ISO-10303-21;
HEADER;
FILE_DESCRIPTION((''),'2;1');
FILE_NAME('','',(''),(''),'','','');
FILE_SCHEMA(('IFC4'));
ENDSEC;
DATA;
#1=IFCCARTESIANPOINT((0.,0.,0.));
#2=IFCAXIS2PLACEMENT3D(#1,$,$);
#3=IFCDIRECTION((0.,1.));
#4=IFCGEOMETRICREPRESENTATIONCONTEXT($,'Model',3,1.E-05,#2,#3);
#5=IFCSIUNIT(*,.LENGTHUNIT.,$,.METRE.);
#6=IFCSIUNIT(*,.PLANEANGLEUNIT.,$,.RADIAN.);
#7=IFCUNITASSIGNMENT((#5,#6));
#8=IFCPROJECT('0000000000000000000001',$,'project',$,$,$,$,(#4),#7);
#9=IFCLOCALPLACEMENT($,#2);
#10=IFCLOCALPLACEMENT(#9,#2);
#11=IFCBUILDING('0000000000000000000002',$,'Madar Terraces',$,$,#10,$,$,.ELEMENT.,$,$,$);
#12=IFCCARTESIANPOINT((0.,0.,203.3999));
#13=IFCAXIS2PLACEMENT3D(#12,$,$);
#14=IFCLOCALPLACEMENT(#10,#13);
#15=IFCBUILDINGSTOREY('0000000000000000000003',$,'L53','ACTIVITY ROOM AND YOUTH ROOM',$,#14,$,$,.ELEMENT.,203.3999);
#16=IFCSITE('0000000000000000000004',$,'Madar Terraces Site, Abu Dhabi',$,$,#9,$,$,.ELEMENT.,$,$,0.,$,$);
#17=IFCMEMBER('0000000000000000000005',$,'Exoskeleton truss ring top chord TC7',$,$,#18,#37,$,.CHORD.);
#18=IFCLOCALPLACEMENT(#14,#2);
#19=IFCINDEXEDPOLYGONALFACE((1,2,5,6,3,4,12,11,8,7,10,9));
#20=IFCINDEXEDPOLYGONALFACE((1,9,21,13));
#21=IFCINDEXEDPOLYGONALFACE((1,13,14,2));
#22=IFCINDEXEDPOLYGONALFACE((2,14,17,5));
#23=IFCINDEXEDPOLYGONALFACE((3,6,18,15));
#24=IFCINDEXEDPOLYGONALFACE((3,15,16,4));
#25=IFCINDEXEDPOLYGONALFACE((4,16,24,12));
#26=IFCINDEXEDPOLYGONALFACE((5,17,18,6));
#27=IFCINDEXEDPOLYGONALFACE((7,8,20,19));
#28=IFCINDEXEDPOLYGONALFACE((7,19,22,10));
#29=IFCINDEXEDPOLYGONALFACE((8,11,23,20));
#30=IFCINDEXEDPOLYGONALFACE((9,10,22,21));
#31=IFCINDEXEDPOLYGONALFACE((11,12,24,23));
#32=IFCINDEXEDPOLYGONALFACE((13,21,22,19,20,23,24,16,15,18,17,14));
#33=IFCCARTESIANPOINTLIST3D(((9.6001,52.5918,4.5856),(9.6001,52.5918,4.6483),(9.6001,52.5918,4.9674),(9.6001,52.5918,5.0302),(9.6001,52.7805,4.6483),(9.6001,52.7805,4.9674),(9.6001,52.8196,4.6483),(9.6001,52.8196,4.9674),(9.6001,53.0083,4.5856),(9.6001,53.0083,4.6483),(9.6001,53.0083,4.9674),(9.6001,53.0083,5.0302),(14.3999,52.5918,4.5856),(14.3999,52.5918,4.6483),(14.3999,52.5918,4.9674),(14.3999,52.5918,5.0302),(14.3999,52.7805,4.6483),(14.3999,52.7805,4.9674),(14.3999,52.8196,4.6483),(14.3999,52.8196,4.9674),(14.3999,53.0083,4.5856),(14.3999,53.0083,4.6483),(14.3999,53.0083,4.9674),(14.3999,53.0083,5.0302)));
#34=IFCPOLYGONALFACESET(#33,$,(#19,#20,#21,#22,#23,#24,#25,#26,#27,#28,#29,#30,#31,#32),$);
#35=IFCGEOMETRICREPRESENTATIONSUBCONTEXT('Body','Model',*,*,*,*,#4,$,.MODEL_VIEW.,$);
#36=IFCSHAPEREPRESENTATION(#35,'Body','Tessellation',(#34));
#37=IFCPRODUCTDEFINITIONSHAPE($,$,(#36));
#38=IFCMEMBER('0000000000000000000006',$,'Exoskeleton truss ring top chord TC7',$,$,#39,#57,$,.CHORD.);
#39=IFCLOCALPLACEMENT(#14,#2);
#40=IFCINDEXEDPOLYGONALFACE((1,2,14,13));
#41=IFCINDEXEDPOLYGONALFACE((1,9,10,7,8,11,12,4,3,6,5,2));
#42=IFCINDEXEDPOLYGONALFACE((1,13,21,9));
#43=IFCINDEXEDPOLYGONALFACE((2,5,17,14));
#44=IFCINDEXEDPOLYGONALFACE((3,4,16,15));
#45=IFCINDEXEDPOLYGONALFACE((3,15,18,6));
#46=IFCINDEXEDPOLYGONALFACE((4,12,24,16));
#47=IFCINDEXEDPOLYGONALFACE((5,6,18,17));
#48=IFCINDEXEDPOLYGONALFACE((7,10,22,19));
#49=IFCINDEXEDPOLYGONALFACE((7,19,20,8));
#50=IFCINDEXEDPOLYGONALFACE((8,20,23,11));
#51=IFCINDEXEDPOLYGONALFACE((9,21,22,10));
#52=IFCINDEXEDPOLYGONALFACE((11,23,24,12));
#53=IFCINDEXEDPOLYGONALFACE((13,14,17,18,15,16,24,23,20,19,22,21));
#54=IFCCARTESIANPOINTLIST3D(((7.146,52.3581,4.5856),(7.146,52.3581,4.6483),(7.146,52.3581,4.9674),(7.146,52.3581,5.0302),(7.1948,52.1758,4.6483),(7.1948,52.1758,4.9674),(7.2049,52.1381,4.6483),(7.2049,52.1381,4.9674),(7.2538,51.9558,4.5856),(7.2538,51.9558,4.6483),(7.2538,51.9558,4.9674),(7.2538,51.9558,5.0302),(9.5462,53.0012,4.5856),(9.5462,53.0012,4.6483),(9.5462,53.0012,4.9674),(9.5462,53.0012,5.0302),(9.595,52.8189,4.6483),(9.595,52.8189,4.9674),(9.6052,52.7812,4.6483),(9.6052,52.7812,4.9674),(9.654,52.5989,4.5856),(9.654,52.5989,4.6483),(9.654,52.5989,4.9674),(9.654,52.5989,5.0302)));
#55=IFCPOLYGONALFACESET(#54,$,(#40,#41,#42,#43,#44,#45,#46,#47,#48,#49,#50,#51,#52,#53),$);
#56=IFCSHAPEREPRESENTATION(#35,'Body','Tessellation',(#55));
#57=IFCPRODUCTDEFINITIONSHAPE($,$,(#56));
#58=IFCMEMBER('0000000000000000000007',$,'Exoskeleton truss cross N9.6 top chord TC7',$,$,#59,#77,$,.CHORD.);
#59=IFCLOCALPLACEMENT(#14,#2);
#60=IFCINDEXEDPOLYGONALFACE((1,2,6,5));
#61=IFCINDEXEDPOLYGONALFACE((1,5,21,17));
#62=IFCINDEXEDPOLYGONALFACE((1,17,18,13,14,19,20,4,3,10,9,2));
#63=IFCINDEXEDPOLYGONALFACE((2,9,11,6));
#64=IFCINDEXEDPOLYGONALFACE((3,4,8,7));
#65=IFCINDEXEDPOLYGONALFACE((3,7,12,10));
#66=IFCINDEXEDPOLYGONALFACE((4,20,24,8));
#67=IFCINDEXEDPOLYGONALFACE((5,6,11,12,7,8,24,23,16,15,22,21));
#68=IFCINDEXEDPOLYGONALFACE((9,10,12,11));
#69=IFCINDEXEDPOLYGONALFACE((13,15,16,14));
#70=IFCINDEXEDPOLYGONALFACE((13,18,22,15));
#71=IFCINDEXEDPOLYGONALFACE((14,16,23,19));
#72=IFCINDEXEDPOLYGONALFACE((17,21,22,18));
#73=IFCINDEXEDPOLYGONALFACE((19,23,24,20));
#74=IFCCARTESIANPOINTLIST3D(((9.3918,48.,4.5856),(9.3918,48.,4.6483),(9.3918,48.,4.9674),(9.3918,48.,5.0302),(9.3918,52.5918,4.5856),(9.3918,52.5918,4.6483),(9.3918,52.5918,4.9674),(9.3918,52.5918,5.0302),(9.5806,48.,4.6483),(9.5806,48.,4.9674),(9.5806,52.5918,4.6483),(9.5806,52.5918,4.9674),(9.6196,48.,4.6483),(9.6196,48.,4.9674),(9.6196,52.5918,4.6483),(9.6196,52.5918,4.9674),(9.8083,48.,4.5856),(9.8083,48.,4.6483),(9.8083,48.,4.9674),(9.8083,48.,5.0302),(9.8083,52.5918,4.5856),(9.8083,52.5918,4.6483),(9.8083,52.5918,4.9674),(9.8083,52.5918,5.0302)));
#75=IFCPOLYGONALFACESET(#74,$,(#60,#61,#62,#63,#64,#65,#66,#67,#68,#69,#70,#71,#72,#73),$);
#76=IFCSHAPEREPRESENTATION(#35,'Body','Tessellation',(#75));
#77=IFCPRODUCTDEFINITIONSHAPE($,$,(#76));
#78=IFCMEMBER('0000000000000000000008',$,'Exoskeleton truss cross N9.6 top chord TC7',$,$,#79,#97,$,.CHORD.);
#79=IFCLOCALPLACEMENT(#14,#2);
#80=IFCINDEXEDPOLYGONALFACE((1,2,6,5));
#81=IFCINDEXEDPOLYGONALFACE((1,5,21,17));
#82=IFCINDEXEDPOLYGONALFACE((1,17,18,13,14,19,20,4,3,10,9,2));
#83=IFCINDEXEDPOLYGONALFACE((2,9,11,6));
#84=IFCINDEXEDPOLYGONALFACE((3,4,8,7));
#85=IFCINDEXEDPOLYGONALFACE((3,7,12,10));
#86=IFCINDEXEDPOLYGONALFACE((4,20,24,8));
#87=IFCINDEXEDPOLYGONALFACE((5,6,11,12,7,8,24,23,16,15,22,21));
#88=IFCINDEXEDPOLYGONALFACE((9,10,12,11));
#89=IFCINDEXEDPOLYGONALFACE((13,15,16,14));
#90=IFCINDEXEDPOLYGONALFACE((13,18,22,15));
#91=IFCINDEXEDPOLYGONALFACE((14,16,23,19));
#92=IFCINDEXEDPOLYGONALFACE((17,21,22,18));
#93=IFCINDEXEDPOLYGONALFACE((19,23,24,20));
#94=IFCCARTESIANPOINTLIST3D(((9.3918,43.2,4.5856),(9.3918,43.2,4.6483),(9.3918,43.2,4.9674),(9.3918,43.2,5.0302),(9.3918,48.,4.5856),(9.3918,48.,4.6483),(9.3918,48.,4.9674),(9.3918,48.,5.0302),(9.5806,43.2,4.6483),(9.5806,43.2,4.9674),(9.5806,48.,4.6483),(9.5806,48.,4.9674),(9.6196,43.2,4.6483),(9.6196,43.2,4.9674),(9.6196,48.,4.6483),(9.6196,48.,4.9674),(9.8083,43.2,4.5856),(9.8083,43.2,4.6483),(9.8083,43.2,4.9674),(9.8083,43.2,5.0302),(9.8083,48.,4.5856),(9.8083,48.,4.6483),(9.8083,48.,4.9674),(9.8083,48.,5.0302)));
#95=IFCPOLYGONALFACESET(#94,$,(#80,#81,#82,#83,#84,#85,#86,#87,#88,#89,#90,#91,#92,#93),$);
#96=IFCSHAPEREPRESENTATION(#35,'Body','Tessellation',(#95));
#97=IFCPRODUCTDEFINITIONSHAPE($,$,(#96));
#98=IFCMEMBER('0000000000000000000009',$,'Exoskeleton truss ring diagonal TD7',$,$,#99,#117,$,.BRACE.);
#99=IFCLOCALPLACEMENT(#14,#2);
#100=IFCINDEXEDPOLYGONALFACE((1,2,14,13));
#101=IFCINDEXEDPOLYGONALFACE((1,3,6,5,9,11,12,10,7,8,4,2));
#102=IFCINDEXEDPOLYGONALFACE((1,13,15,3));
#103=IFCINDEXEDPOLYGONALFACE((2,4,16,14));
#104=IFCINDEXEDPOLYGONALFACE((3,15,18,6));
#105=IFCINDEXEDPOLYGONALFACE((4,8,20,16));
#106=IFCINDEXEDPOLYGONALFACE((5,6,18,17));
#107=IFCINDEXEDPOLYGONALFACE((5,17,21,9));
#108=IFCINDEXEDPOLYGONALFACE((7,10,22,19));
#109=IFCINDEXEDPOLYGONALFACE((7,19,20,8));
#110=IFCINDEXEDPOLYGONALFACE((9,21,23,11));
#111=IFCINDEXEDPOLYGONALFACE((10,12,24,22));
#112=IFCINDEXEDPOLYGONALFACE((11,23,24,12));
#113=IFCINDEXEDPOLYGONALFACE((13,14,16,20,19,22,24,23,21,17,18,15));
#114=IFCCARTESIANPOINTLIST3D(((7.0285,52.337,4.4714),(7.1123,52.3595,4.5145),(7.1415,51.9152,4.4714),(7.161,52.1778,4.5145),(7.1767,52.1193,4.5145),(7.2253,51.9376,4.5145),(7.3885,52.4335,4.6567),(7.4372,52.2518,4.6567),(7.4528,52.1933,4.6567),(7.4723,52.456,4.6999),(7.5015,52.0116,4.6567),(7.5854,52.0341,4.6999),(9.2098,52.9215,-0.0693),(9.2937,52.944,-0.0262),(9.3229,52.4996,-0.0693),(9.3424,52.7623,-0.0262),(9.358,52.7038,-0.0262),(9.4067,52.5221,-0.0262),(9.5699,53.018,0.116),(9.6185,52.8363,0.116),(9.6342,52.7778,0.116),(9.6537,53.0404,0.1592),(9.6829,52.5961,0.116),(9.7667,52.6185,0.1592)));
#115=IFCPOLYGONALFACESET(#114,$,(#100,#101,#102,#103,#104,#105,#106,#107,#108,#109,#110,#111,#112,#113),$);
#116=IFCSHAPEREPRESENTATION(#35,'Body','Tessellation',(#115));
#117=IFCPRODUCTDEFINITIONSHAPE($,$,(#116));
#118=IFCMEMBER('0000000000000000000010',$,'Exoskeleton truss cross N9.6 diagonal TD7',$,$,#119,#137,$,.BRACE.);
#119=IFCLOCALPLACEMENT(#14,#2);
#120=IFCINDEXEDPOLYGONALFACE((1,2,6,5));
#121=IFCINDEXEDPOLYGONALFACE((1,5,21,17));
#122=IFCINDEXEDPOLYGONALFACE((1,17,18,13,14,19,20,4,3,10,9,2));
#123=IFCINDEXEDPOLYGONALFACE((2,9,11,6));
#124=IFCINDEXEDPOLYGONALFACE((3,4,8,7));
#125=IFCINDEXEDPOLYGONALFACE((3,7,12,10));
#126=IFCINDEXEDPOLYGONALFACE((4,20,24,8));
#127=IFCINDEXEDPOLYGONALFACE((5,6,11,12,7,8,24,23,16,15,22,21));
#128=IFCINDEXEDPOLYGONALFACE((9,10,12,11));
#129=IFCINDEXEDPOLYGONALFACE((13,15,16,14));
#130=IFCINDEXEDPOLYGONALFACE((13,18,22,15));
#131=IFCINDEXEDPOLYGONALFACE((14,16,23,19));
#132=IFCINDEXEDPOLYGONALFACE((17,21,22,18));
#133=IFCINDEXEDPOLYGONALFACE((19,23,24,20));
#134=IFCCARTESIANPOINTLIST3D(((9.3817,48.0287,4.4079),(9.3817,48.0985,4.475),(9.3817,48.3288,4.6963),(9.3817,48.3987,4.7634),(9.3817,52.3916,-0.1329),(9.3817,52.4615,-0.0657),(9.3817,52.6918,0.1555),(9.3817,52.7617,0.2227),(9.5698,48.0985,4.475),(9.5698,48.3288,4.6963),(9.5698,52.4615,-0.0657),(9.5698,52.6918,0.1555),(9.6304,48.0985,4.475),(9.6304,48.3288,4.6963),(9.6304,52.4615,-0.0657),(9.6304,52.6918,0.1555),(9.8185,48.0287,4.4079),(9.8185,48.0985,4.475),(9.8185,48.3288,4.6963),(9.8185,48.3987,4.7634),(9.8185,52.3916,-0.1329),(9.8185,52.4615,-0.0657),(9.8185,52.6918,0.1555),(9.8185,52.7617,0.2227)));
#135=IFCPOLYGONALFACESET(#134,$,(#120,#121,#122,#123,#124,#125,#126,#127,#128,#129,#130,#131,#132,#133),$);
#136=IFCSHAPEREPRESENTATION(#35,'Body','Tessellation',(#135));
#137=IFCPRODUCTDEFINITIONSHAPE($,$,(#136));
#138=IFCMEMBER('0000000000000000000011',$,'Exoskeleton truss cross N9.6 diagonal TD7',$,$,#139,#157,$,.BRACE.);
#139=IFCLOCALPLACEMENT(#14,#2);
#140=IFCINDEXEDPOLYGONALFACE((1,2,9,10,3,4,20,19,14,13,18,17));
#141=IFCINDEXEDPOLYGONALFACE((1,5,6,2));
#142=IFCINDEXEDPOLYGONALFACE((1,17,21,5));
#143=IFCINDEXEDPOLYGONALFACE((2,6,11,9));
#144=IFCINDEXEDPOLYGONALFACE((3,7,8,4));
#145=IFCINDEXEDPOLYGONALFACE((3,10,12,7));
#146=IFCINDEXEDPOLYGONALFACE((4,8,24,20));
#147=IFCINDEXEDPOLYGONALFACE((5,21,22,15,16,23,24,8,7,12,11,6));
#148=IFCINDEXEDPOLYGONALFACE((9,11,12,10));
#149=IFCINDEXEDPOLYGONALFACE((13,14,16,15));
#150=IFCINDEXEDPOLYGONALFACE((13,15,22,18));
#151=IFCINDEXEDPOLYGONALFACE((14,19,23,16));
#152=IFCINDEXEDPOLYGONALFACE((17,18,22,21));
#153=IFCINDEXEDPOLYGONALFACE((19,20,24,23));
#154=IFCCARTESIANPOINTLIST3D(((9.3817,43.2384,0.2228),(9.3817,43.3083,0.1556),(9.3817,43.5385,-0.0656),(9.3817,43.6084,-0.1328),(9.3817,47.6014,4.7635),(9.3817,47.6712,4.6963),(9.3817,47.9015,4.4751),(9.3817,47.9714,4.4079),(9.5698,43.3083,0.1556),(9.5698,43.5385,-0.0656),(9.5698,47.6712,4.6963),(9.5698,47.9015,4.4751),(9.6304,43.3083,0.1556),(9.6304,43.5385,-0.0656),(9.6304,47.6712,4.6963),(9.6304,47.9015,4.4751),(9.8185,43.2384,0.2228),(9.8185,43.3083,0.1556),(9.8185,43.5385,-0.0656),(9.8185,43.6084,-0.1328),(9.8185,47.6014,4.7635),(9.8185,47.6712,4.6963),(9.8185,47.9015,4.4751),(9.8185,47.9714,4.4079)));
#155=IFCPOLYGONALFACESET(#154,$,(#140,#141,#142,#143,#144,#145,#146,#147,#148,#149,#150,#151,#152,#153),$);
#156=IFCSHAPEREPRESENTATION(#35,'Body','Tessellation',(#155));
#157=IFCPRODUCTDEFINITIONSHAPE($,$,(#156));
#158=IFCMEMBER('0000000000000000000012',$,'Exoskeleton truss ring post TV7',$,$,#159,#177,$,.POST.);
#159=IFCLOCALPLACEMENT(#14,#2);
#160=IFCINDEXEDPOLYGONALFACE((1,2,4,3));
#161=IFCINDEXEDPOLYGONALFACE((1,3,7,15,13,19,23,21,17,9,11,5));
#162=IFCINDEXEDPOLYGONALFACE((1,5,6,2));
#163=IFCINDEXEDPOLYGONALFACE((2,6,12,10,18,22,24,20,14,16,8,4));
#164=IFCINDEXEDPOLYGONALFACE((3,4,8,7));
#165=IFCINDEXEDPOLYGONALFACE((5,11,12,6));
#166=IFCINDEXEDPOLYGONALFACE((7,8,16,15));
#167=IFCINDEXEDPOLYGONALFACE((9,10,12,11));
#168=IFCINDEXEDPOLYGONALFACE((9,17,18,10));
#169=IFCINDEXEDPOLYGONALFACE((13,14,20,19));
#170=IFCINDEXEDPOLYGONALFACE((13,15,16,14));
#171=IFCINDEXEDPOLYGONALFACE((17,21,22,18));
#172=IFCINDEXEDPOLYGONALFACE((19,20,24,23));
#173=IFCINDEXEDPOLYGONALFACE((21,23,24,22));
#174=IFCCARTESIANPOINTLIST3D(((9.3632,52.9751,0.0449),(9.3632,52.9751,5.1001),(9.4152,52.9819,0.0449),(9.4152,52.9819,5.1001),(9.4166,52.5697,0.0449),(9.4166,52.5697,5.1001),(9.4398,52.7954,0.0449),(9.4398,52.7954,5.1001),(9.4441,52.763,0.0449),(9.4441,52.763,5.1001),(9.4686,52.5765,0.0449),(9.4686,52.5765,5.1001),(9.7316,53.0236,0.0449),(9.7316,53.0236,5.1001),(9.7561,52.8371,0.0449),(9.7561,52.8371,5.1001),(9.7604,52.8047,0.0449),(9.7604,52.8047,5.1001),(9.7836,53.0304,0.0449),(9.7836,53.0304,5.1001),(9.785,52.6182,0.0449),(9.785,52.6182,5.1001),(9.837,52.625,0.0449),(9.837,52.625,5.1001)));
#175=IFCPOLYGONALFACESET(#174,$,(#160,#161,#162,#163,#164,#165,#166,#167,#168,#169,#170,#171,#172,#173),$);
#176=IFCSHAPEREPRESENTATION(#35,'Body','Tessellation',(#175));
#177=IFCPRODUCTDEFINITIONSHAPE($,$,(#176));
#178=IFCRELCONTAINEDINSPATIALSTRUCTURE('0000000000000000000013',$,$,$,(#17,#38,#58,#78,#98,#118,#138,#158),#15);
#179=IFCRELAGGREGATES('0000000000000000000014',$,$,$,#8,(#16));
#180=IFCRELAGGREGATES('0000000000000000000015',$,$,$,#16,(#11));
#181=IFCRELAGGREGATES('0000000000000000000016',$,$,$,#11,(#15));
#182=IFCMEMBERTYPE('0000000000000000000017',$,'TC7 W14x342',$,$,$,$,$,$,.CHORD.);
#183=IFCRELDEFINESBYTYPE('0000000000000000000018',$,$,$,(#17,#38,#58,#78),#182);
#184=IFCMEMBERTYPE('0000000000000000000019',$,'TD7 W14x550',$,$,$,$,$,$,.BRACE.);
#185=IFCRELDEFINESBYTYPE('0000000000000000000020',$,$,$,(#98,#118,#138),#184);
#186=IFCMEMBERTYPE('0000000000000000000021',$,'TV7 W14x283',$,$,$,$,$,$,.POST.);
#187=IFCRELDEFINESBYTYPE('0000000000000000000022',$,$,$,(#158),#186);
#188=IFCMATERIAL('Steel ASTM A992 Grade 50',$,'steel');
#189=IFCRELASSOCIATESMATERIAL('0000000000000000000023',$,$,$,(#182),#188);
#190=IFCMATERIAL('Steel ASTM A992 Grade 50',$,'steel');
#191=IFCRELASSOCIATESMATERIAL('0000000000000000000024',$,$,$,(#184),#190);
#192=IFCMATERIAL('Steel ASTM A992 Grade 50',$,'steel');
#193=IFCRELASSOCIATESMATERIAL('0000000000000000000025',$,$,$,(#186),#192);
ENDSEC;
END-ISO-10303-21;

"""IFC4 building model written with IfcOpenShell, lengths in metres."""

from ifc_helpers import new_model, si_unit, direction, frame, origin, origin_2d, place, context, subcontext, project, spatial, i_section, extrude, material, material_profile, profile_set, type_object, element, save


model = new_model("IFC4")

# Units and contexts
model_context = context("Model", 3, precision=1e-05, world=origin(), true_north=direction((0.0, 1.0)))
body_context = subcontext(model_context, "Body", "Model", "MODEL_VIEW")
ifc_project = project(units=[si_unit("LENGTHUNIT", "METRE"), si_unit("PLANEANGLEUNIT", "RADIAN")], contexts=[model_context])

# Site, building, storey
site_placement = place(None, origin())
site = spatial("IfcSite", under=ifc_project, at=site_placement, Name="Madar Terraces Site, Abu Dhabi", CompositionType="ELEMENT", RefElevation=0.0)
building_placement = place(site_placement, origin())
building = spatial("IfcBuilding", under=site, at=building_placement, Name="Madar Terraces", CompositionType="ELEMENT")
storey_placement = place(building_placement, frame((0.0, 0.0, 203.3999)))
storey = spatial("IfcBuildingStorey", under=building, at=storey_placement, Name="L53", Description="ACTIVITY ROOM AND YOUTH ROOM", CompositionType="ELEMENT", Elevation=203.3999)

# Members
ifc_material_1 = material(Name="Steel ASTM A992 Grade 50", Category="steel")
ifc_material_profile_1 = material_profile(ifc_material_1, i_section(OverallWidth=0.4165, OverallDepth=0.4446, WebThickness=0.0391, FlangeThickness=0.0627, at=origin_2d()), Name="W14x342")
ifc_profile_set_1 = profile_set([ifc_material_profile_1], Name="Steel ASTM A992 Grade 50")
member_type_1 = type_object("IfcMemberType", Name="TC7 W14x342", PredefinedType="CHORD", material=ifc_profile_set_1)
member_1_placement = place(storey_placement, frame((14.3999, 52.8, 4.8079), z_axis=(-1.0, 0.0, 0.0), x_axis=(0.0, -1.0, 0.0)))
element("IfcMember", 1, at=member_1_placement, inside=storey, type_object=member_type_1, Name="Exoskeleton truss ring top chord TC7", PredefinedType="CHORD", context=body_context, shape_type="SweptSolid", body=[
    extrude(i_section(OverallWidth=0.4165, OverallDepth=0.4446, WebThickness=0.0391, FlangeThickness=0.0627, at=origin_2d()), origin(), (0.0, 0.0, 1.0), 4.7998),
])
member_2_placement = place(storey_placement, frame((9.6001, 52.8, 4.8079), z_axis=(-0.965931, -0.2588, 0.0), x_axis=(0.2588, -0.965931, 0.0)))
element("IfcMember", 2, at=member_2_placement, inside=storey, type_object=member_type_1, Name="Exoskeleton truss ring top chord TC7", PredefinedType="CHORD", context=body_context, shape_type="SweptSolid", body=[
    extrude(i_section(OverallWidth=0.4165, OverallDepth=0.4446, WebThickness=0.0391, FlangeThickness=0.0627, at=origin_2d()), origin(), (0.0, 0.0, 1.0), 2.4849),
])
member_3_placement = place(storey_placement, frame((9.6001, 52.5918, 4.8079), z_axis=(0.0, -1.0, 0.0), x_axis=(1.0, 0.0, 0.0)))
element("IfcMember", 3, at=member_3_placement, inside=storey, type_object=member_type_1, Name="Exoskeleton truss cross N9.6 top chord TC7", PredefinedType="CHORD", context=body_context, shape_type="SweptSolid", body=[
    extrude(i_section(OverallWidth=0.4165, OverallDepth=0.4446, WebThickness=0.0391, FlangeThickness=0.0627, at=origin_2d()), origin(), (0.0, 0.0, 1.0), 4.5918),
])
member_4_placement = place(storey_placement, frame((9.6001, 48.0, 4.8079), z_axis=(0.0, -1.0, 0.0), x_axis=(1.0, 0.0, 0.0)))
element("IfcMember", 4, at=member_4_placement, inside=storey, type_object=member_type_1, Name="Exoskeleton truss cross N9.6 top chord TC7", PredefinedType="CHORD", context=body_context, shape_type="SweptSolid", body=[
    extrude(i_section(OverallWidth=0.4165, OverallDepth=0.4446, WebThickness=0.0391, FlangeThickness=0.0627, at=origin_2d()), origin(), (0.0, 0.0, 1.0), 4.8),
])
ifc_material_2 = material(Name="Steel ASTM A992 Grade 50", Category="steel")
ifc_material_profile_2 = material_profile(ifc_material_2, i_section(OverallWidth=0.4368, OverallDepth=0.5132, WebThickness=0.0605, FlangeThickness=0.0969, at=origin_2d()), Name="W14x550")
ifc_profile_set_2 = profile_set([ifc_material_profile_2], Name="Steel ASTM A992 Grade 50")
member_type_2 = type_object("IfcMemberType", Name="TD7 W14x550", PredefinedType="BRACE", material=ifc_profile_set_2)
member_5_placement = place(storey_placement, frame((9.4883, 52.77, 0.0449), z_axis=(-0.43014, -0.11525, 0.895375), x_axis=(0.258806, -0.965929, 0.0)))
element("IfcMember", 5, at=member_5_placement, inside=storey, type_object=member_type_2, Name="Exoskeleton truss ring diagonal TD7", PredefinedType="BRACE", context=body_context, shape_type="SweptSolid", body=[
    extrude(i_section(OverallWidth=0.4368, OverallDepth=0.5132, WebThickness=0.0605, FlangeThickness=0.0969, at=origin_2d()), origin(), (0.0, 0.0, 1.0), 5.0713),
])
for number, where, z_axis, x_axis, name in (
    (6, (9.6001, 52.5767, 0.0449), (0.0, -0.692854, 0.721078), (1.0, 0.0, 0.0), "Exoskeleton truss cross N9.6 diagonal TD7"),
    (7, (9.6001, 47.7864, 4.5857), (0.0, -0.692854, -0.721078), (1.0, 0.0, 0.0), "Exoskeleton truss cross N9.6 diagonal TD7"),
):
    element("IfcMember", number, at=place(storey_placement, frame(where, z_axis=z_axis, x_axis=x_axis)), inside=storey, type_object=member_type_2, Name=name, PredefinedType="BRACE", context=body_context, shape_type="SweptSolid", body=[
        extrude(i_section(OverallWidth=0.4368, OverallDepth=0.5132, WebThickness=0.0605, FlangeThickness=0.0969, at=origin_2d()), origin(), (0.0, 0.0, 1.0), 6.2971),
    ])
ifc_material_3 = material(Name="Steel ASTM A992 Grade 50", Category="steel")
ifc_material_profile_3 = material_profile(ifc_material_3, i_section(OverallWidth=0.4089, OverallDepth=0.4241, WebThickness=0.0327, FlangeThickness=0.0525, at=origin_2d()), Name="W14x283")
ifc_profile_set_3 = profile_set([ifc_material_profile_3], Name="Steel ASTM A992 Grade 50")
member_type_3 = type_object("IfcMemberType", Name="TV7 W14x283", PredefinedType="POST", material=ifc_profile_set_3)
member_6_placement = place(storey_placement, frame((9.6001, 52.8, 0.0449), z_axis=(0.0, 0.0, 1.0), x_axis=(0.130526, -0.991445, 0.0)))
element("IfcMember", 8, at=member_6_placement, inside=storey, type_object=member_type_3, Name="Exoskeleton truss ring post TV7", PredefinedType="POST", context=body_context, shape_type="SweptSolid", body=[
    extrude(i_section(OverallWidth=0.4089, OverallDepth=0.4241, WebThickness=0.0327, FlangeThickness=0.0525, at=origin_2d()), origin(), (0.0, 0.0, 1.0), 5.0552),
])

save(model, "model.ifc")
